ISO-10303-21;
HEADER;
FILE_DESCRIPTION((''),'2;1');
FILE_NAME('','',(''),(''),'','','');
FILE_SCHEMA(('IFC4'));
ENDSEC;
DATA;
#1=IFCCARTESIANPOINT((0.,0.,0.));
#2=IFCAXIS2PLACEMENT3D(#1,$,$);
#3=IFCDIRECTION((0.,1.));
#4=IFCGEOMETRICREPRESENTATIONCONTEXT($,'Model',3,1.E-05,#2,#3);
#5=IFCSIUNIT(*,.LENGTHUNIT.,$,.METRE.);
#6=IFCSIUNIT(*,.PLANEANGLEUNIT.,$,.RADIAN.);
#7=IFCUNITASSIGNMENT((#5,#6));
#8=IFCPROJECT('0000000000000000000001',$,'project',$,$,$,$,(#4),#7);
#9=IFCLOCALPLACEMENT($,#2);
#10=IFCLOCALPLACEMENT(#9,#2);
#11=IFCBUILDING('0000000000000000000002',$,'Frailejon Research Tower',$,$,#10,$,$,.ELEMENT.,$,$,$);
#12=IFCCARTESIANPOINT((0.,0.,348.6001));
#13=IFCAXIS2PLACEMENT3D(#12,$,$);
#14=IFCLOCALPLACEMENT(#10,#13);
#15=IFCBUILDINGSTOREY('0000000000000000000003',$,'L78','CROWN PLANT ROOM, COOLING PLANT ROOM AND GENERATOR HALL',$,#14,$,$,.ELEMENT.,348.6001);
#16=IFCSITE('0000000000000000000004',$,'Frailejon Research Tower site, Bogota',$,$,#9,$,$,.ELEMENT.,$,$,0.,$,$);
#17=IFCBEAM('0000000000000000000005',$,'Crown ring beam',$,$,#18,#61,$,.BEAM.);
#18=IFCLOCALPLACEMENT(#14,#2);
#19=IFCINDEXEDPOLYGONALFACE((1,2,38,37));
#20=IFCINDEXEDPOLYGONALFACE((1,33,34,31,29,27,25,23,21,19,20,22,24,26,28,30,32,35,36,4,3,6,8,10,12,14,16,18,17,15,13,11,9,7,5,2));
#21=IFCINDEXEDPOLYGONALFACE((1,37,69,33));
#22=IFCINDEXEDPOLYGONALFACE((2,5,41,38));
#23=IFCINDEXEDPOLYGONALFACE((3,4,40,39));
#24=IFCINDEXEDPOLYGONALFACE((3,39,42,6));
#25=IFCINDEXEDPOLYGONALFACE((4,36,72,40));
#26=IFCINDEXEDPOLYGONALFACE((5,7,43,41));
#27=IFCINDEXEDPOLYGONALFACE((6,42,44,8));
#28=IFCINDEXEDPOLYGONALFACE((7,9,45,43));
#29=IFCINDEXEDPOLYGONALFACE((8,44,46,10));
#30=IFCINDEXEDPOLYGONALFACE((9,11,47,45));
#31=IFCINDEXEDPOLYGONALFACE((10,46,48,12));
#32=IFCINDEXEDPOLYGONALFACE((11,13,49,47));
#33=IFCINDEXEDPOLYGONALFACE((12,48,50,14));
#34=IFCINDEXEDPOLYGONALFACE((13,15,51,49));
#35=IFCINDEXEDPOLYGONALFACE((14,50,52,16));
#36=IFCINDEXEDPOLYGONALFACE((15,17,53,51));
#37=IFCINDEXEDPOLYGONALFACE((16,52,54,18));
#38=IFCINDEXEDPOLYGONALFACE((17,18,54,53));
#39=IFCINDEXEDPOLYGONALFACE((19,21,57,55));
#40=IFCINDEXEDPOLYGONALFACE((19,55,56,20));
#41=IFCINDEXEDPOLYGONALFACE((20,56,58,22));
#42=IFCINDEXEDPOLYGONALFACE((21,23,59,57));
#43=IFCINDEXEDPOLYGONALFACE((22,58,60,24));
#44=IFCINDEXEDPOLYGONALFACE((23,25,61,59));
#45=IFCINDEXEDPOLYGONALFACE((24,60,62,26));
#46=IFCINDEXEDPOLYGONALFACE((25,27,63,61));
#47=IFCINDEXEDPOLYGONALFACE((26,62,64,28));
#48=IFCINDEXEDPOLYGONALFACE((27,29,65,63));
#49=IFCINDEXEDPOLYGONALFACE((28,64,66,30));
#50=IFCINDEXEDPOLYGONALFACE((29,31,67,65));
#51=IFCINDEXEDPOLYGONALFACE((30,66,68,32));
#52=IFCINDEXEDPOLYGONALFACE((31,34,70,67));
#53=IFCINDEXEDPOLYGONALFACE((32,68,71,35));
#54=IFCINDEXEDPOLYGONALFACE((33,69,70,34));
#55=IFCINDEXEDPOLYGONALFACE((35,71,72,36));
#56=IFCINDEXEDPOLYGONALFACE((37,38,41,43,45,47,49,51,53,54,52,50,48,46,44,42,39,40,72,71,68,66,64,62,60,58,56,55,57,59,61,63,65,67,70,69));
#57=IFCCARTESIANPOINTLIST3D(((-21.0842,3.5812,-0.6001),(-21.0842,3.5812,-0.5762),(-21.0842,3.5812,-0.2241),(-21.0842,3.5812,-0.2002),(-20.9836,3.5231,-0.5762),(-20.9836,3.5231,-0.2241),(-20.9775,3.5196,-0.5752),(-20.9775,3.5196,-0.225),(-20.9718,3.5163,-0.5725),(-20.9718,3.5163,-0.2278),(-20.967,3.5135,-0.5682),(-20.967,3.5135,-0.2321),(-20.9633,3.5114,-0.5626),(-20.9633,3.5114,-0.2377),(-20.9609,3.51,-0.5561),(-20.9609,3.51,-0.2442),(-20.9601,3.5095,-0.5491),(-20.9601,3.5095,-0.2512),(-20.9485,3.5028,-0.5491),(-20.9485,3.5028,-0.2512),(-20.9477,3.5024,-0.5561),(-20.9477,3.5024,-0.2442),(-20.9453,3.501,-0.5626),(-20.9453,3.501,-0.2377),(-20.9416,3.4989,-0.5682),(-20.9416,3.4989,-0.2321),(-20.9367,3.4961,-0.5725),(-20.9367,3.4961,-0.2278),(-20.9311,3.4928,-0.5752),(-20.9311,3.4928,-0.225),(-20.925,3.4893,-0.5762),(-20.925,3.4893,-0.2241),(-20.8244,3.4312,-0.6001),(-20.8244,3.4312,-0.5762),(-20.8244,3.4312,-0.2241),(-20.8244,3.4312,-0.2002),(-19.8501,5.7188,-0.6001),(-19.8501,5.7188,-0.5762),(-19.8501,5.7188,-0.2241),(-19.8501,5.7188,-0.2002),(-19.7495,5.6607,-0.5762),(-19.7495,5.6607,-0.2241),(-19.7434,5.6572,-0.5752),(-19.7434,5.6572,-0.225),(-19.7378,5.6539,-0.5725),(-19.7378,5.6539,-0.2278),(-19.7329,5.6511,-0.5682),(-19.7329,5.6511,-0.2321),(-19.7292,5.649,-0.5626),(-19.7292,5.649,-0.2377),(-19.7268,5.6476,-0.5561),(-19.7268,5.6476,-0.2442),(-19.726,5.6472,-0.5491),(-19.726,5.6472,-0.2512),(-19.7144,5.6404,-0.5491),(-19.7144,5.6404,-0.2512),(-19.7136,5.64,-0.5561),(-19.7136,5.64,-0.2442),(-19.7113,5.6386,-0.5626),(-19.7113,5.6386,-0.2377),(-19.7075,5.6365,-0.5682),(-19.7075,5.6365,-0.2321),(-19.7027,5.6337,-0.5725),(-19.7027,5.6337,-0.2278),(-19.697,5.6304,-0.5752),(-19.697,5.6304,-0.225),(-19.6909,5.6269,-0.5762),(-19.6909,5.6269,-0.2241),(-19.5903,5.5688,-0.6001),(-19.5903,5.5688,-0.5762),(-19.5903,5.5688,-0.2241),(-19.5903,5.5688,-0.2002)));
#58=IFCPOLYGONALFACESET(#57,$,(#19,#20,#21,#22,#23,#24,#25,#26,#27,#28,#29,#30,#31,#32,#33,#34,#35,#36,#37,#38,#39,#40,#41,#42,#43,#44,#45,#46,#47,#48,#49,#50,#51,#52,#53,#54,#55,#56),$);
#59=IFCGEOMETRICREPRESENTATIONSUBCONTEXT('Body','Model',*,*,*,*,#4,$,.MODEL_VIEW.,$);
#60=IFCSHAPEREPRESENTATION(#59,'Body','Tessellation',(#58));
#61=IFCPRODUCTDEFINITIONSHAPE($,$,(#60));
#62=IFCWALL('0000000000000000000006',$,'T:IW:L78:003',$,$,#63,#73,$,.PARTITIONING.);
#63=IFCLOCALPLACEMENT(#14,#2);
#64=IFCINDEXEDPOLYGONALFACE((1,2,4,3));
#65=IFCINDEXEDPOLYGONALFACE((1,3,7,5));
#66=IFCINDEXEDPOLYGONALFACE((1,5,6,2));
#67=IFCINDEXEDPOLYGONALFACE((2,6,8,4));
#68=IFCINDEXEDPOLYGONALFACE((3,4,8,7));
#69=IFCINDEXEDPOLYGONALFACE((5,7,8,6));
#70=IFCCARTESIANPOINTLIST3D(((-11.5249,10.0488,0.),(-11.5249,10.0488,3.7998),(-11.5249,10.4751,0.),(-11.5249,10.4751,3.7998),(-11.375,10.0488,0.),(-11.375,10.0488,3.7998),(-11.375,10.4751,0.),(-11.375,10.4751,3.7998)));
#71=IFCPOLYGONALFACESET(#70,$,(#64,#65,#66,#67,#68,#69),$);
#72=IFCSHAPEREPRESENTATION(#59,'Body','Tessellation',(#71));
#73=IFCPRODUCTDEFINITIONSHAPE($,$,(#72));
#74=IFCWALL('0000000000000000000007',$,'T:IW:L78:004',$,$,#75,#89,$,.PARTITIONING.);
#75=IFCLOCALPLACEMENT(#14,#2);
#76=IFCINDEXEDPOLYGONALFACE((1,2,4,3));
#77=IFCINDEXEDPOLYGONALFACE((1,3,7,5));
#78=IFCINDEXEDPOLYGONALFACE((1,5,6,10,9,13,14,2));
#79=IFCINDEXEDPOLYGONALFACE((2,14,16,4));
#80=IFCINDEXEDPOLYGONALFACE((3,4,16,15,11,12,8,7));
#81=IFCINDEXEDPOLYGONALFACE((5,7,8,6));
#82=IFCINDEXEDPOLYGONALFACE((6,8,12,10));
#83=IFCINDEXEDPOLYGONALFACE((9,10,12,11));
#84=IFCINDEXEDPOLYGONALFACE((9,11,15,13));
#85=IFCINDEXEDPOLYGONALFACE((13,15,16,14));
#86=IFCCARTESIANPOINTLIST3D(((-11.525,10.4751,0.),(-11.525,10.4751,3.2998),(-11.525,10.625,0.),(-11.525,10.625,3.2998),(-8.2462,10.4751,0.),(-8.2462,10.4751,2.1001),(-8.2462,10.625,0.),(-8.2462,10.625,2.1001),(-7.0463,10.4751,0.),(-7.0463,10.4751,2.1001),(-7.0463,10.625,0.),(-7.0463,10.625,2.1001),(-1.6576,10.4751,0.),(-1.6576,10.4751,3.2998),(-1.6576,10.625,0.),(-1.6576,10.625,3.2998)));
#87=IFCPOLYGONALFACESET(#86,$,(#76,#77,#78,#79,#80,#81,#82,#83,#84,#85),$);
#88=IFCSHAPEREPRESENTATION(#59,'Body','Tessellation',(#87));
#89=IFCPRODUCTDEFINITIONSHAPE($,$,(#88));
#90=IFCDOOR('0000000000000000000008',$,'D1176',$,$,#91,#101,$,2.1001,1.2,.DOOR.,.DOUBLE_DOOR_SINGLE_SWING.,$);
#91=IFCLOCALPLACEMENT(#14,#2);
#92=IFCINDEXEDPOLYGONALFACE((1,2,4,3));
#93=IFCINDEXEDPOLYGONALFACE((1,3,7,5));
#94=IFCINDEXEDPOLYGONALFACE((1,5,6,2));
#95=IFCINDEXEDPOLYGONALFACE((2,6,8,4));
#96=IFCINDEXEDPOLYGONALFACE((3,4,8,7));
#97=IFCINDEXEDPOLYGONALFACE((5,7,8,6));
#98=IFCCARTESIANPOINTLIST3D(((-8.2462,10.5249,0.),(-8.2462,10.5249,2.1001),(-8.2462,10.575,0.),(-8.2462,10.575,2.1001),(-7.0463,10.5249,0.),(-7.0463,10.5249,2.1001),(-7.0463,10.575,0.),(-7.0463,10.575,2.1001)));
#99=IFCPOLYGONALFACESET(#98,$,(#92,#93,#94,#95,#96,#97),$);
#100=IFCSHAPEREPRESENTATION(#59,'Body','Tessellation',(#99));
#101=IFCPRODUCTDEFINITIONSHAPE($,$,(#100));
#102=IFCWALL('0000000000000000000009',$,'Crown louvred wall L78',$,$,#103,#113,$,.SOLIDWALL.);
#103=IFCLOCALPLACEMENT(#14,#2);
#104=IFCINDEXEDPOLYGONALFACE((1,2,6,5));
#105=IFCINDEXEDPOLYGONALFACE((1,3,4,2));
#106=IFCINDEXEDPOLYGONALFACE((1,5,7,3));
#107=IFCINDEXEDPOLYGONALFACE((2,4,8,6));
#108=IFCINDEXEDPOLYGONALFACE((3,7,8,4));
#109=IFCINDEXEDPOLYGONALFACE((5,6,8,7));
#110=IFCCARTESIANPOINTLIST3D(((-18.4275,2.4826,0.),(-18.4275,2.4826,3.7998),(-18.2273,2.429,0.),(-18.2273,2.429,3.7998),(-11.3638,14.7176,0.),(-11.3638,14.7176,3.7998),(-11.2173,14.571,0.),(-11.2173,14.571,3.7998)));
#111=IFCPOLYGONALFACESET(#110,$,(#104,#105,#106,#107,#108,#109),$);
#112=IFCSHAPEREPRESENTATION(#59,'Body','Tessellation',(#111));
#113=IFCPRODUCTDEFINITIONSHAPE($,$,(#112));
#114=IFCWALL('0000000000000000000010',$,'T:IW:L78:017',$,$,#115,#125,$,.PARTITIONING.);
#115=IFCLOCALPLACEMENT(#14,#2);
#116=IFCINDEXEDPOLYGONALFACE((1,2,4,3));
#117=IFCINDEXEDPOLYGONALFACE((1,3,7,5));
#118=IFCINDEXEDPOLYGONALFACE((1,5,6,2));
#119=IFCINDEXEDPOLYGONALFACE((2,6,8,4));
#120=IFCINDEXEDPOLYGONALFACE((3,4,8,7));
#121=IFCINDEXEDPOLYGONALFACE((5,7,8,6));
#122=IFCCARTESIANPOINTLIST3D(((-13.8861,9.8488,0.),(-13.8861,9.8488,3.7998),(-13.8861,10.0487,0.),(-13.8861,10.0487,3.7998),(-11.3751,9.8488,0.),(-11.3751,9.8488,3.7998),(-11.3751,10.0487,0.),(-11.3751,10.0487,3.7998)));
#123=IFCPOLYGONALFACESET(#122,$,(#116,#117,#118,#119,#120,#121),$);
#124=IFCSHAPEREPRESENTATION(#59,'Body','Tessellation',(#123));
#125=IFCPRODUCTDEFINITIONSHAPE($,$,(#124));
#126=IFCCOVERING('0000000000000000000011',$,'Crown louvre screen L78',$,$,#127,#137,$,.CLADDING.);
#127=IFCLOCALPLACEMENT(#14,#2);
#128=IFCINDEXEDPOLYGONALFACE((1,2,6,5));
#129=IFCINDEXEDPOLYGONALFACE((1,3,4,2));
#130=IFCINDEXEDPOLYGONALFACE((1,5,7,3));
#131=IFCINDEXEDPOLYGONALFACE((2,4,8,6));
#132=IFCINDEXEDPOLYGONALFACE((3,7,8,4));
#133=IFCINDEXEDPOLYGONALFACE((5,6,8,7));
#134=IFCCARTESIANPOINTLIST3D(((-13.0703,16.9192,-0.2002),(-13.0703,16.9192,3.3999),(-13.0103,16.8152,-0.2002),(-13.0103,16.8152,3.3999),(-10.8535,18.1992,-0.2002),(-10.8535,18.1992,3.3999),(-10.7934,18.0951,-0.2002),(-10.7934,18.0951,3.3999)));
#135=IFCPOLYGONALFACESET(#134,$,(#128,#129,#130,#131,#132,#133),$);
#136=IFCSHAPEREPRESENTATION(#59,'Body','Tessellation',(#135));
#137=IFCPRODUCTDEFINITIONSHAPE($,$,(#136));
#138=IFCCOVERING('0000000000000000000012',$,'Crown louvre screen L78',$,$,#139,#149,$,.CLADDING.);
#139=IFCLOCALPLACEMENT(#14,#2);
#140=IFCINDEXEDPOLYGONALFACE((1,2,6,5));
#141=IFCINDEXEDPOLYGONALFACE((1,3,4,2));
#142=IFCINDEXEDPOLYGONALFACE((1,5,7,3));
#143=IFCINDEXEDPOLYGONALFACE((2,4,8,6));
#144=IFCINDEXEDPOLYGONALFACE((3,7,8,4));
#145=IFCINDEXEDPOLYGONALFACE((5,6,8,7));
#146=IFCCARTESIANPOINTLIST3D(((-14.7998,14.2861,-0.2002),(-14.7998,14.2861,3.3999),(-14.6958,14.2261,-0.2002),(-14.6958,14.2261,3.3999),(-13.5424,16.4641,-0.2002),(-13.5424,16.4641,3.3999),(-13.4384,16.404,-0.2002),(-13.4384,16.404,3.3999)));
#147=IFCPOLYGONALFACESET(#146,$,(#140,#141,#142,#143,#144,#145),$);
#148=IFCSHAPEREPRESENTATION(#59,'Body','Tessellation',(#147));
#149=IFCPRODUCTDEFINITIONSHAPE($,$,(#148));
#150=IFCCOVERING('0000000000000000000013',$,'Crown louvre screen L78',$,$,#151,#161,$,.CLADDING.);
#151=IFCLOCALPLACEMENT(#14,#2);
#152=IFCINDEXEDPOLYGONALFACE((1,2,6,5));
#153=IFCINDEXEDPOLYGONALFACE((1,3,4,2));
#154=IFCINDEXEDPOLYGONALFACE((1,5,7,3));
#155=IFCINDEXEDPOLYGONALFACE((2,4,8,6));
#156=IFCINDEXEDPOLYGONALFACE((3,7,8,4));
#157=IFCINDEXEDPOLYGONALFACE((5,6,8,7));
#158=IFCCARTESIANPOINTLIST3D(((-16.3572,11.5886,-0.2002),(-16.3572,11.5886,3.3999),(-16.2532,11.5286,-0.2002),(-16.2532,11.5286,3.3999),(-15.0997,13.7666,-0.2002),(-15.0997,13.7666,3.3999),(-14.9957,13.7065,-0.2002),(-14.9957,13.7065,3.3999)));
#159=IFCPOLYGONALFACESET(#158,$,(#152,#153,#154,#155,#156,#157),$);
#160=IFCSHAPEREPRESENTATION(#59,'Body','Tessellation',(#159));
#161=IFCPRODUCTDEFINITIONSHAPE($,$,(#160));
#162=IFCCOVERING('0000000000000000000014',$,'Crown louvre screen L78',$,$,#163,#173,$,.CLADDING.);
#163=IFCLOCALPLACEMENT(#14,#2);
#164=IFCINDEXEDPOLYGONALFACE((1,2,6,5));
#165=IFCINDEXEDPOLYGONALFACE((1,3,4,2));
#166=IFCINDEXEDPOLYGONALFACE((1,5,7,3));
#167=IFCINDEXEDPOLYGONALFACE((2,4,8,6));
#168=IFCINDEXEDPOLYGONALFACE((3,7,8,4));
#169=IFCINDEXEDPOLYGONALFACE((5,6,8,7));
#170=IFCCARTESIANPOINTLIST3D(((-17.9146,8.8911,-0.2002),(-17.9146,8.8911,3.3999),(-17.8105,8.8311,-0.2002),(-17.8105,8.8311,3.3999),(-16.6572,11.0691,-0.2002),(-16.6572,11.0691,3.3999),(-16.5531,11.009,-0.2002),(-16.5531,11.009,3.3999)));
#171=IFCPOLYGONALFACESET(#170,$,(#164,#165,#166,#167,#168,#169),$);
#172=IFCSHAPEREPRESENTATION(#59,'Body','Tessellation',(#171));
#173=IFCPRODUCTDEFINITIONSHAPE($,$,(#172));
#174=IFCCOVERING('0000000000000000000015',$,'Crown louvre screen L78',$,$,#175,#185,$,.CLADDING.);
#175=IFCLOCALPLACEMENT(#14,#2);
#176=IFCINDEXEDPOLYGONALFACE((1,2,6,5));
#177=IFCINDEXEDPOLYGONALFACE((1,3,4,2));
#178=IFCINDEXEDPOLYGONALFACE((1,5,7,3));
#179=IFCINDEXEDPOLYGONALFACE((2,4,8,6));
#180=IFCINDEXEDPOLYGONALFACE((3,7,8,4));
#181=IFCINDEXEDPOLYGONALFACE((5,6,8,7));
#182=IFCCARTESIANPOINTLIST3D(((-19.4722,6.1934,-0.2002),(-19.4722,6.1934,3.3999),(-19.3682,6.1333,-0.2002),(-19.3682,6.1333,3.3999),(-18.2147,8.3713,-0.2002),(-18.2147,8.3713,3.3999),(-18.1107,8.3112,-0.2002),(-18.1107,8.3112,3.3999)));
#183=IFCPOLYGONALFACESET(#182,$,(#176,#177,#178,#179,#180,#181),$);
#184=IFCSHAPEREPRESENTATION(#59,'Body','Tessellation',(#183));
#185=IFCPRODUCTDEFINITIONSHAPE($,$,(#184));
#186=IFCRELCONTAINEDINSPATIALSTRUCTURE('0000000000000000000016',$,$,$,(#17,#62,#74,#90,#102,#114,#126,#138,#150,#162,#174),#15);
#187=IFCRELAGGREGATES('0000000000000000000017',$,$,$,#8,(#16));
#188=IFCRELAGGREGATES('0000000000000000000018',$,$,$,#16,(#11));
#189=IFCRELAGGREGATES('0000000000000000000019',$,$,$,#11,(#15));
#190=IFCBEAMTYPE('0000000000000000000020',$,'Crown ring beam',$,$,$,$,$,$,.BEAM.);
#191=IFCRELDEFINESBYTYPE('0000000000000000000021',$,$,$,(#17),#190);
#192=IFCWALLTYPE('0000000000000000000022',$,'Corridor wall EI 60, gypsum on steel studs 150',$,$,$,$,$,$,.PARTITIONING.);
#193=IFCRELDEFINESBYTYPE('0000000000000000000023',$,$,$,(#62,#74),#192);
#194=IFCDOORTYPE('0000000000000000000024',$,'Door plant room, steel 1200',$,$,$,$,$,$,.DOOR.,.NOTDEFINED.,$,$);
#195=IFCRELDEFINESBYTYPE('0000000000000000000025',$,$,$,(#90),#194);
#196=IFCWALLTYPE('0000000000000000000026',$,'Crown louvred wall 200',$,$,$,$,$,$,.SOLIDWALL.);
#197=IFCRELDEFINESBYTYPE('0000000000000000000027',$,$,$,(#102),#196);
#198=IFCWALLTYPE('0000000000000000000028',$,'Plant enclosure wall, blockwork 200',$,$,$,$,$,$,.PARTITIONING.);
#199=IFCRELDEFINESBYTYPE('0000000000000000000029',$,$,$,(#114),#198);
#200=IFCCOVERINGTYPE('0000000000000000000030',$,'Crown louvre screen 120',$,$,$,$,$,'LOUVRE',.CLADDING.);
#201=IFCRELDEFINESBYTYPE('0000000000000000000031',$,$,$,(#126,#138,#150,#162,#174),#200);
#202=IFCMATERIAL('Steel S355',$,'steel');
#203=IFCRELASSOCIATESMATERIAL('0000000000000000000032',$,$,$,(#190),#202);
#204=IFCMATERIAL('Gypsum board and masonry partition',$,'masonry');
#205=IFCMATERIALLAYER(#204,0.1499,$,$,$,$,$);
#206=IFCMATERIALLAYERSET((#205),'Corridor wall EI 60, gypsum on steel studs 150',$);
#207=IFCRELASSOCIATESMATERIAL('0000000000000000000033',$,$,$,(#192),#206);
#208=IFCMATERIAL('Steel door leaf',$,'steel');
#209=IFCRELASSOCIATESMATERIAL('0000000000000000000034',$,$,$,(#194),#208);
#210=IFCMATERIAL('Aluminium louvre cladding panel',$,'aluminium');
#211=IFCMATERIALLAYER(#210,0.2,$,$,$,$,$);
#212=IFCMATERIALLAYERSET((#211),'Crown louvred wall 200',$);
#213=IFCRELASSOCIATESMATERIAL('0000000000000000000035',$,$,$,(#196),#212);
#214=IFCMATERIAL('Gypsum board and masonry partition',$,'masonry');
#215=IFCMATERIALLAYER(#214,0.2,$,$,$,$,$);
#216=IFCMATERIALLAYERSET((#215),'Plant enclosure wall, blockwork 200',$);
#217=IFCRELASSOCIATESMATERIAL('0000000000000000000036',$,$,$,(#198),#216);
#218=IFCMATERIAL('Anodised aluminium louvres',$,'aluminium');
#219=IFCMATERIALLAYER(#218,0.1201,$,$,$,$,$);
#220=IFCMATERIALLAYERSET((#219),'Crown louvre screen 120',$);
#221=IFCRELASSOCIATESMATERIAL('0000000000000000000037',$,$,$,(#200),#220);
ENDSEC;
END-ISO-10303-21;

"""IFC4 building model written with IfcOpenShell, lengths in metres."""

from ifc_helpers import new_model, si_unit, direction, frame, frame_2d, origin, origin_2d, place, context, subcontext, project, spatial, polyline, rectangle, i_section, outline, extrude, material, layer, layer_set, material_profile, profile_set, type_object, element, fill, save


model = new_model("IFC4")

# Units and contexts
model_context = context("Model", 3, precision=1e-05, world=origin(), true_north=direction((0.0, 1.0)))
body_context = subcontext(model_context, "Body", "Model", "MODEL_VIEW")
ifc_project = project(units=[si_unit("LENGTHUNIT", "METRE"), si_unit("PLANEANGLEUNIT", "RADIAN")], contexts=[model_context])

# Site, building, storey
site_placement = place(None, origin())
site = spatial("IfcSite", under=ifc_project, at=site_placement, Name="Frailejon Research Tower site, Bogota", CompositionType="ELEMENT", RefElevation=0.0)
building_placement = place(site_placement, origin())
building = spatial("IfcBuilding", under=site, at=building_placement, Name="Frailejon Research Tower", CompositionType="ELEMENT")
storey_placement = place(building_placement, frame((0.0, 0.0, 348.6001)))
storey = spatial("IfcBuildingStorey", under=building, at=storey_placement, Name="L78", Description="CROWN PLANT ROOM, COOLING PLANT ROOM AND GENERATOR HALL", CompositionType="ELEMENT", Elevation=348.6001)

# Beam
ifc_material_1 = material(Name="Steel S355", Category="steel")
ifc_material_profile_1 = material_profile(ifc_material_1, i_section(OverallWidth=0.3, OverallDepth=0.3999, WebThickness=0.0134, FlangeThickness=0.0239, FilletRadius=0.0271, at=origin_2d()), Name="HE 400 B")
ifc_profile_set_1 = profile_set([ifc_material_profile_1], Name="Steel S355")
beam_type_1 = type_object("IfcBeamType", Name="Crown ring beam", PredefinedType="BEAM", material=ifc_profile_set_1)
beam_1_placement = place(storey_placement, frame((-19.7202, 5.6438, -0.4001), z_axis=(-0.499979, -0.866037, 0.0), x_axis=(0.866037, -0.499979, 0.0)))
element("IfcBeam", 1, at=beam_1_placement, inside=storey, type_object=beam_type_1, Name="Crown ring beam", PredefinedType="BEAM", context=body_context, shape_type="SweptSolid", body=[
    extrude(i_section(OverallWidth=0.3, OverallDepth=0.3999, WebThickness=0.0134, FlangeThickness=0.0239, FilletRadius=0.0271, at=origin_2d()), origin(), (0.0, 0.0, 1.0), 2.4683),
])

# Wall
ifc_material_2 = material(Name="Gypsum board and masonry partition", Category="masonry")
ifc_layer_1 = layer(ifc_material_2, 0.1499)
ifc_layer_set_1 = layer_set([ifc_layer_1], Name="Corridor wall EI 60, gypsum on steel studs 150")
wall_type_1 = type_object("IfcWallType", Name="Corridor wall EI 60, gypsum on steel studs 150", PredefinedType="PARTITIONING", material=ifc_layer_set_1)
wall_1_placement = place(storey_placement, frame((-11.45, 10.0488, 0.0), z_axis=(0.0, 0.0, 1.0), x_axis=(0.0, 1.0, 0.0)))
element("IfcWall", 2, at=wall_1_placement, inside=storey, type_object=wall_type_1, Name="T:IW:L78:003", PredefinedType="PARTITIONING", context=body_context, shape_type="SweptSolid", body=[
    extrude(rectangle(XDim=0.4263, YDim=0.1499, at=frame_2d((0.2131, 0.0))), origin(), (0.0, 0.0, 1.0), 3.7998),
])

# Wall, opening, door
wall_2_placement = place(storey_placement, frame((-11.5249, 10.55, 0.0), z_axis=(0.0, 0.0, 1.0), x_axis=(1.0, 0.0, 0.0)))
wall_2 = element("IfcWall", 3, at=wall_2_placement, inside=storey, type_object=wall_type_1, Name="T:IW:L78:004", PredefinedType="PARTITIONING", context=body_context, shape_type="SweptSolid", body=[
    extrude(rectangle(XDim=9.8674, YDim=0.1499, at=frame_2d((4.9336, 0.0))), origin(), (0.0, 0.0, 1.0), 3.2998),
])
opening_placement = place(wall_2_placement, frame((3.2786, 0.0, 0.0)))
opening = element("IfcOpeningElement", 4, at=opening_placement, cuts=wall_2, PredefinedType="OPENING", context=body_context, shape_type="SweptSolid", body=[
    extrude(rectangle(XDim=1.2, YDim=2.1001, at=frame_2d((0.6001, 1.05))), frame((0.0, 0.085, 0.0), z_axis=(0.0, -1.0, 0.0), x_axis=(1.0, 0.0, 0.0)), (0.0, 0.0, 1.0), 0.1699),
])
ifc_material_3 = material(Name="Steel door leaf", Category="steel")
door_type = type_object("IfcDoorType", Name="Door plant room, steel 1200", OperationType="NOTDEFINED", PredefinedType="DOOR", material=ifc_material_3)
door_placement = place(opening_placement, origin())
door = element("IfcDoor", 5, at=door_placement, inside=storey, type_object=door_type, Name="D1176", OperationType="DOUBLE_DOOR_SINGLE_SWING", OverallHeight=2.1001, OverallWidth=1.2, PredefinedType="DOOR", context=body_context, shape_type="SweptSolid", body=[
    extrude(rectangle(XDim=1.2, YDim=2.1001, at=frame_2d((0.6001, 1.05))), frame((0.0, 0.0249, 0.0), z_axis=(0.0, -1.0, 0.0), x_axis=(1.0, 0.0, 0.0)), (0.0, 0.0, 1.0), 0.05),
])
fill(opening, door)

# Walls
ifc_material_4 = material(Name="Aluminium louvre cladding panel", Category="aluminium")
ifc_layer_2 = layer(ifc_material_4, 0.2)
ifc_layer_set_2 = layer_set([ifc_layer_2], Name="Crown louvred wall 200")
wall_type_2 = type_object("IfcWallType", Name="Crown louvred wall 200", PredefinedType="SOLIDWALL", material=ifc_layer_set_2)
wall_3_placement = place(storey_placement, frame((-11.2905, 14.6443, 0.0), z_axis=(0.0, 0.0, 1.0), x_axis=(-0.499992, -0.86603, 0.0)))
element("IfcWall", 6, at=wall_3_placement, inside=storey, type_object=wall_type_2, Name="Crown louvred wall L78", PredefinedType="SOLIDWALL", context=body_context, shape_type="SweptSolid", body=[
    extrude(outline(polyline([(-0.0269, -0.1001), (14.1008, -0.1001), (14.0471, 0.1001), (0.0269, 0.1001), (-0.0269, -0.1001)])), origin(), (0.0, 0.0, 1.0), 3.7998),
])
ifc_material_5 = material(Name="Gypsum board and masonry partition", Category="masonry")
ifc_layer_3 = layer(ifc_material_5, 0.2)
ifc_layer_set_3 = layer_set([ifc_layer_3], Name="Plant enclosure wall, blockwork 200")
wall_type_3 = type_object("IfcWallType", Name="Plant enclosure wall, blockwork 200", PredefinedType="PARTITIONING", material=ifc_layer_set_3)
wall_4_placement = place(storey_placement, frame((-13.886, 9.9487, 0.0), z_axis=(0.0, 0.0, 1.0), x_axis=(1.0, 0.0, 0.0)))
element("IfcWall", 7, at=wall_4_placement, inside=storey, type_object=wall_type_3, Name="T:IW:L78:017", PredefinedType="PARTITIONING", context=body_context, shape_type="SweptSolid", body=[
    extrude(rectangle(XDim=2.511, YDim=0.2, at=frame_2d((1.2554, 0.0))), origin(), (0.0, 0.0, 1.0), 3.7998),
])

# Coverings
ifc_material_6 = material(Name="Anodised aluminium louvres", Category="aluminium")
ifc_layer_4 = layer(ifc_material_6, 0.1201)
ifc_layer_set_4 = layer_set([ifc_layer_4], Name="Crown louvre screen 120")
covering_type = type_object("IfcCoveringType", Name="Crown louvre screen 120", ElementType="LOUVRE", PredefinedType="CLADDING", material=ifc_layer_set_4)
covering_1_placement = place(storey_placement, frame((-13.0403, 16.8672, -0.2002), z_axis=(0.866011, 0.500026, 0.0), x_axis=(-0.500026, 0.866011, 0.0)))
element("IfcCovering", 8, at=covering_1_placement, inside=storey, type_object=covering_type, Name="Crown louvre screen L78", PredefinedType="CLADDING", context=body_context, shape_type="SweptSolid", body=[
    extrude(outline(polyline([(-0.0601, 0.0), (0.0601, 0.0), (0.0601, 3.6001), (-0.0601, 3.6001), (-0.0601, 0.0)])), origin(), (0.0, 0.0, 1.0), 2.5598),
])
for number, where, z_axis, x_axis, name in (
    (9, (-14.7478, 14.2561, -0.2002), (0.499997, 0.866027, 0.0), (-0.866027, 0.499997, 0.0), "Crown louvre screen L78"),
    (10, (-16.3052, 11.5586, -0.2002), (0.500009, 0.86602, 0.0), (-0.86602, 0.500009, 0.0), "Crown louvre screen L78"),
    (11, (-17.8625, 8.8611, -0.2002), (0.499979, 0.866037, 0.0), (-0.866037, 0.499979, 0.0), "Crown louvre screen L78"),
    (12, (-19.4202, 6.1633, -0.2002), (0.500009, 0.86602, 0.0), (-0.86602, 0.500009, 0.0), "Crown louvre screen L78"),
):
    element("IfcCovering", number, at=place(storey_placement, frame(where, z_axis=z_axis, x_axis=x_axis)), inside=storey, type_object=covering_type, Name=name, PredefinedType="CLADDING", context=body_context, shape_type="SweptSolid", body=[
        extrude(outline(polyline([(-0.0601, 0.0), (0.0601, 0.0), (0.0601, 3.6001), (-0.0601, 3.6001), (-0.0601, 0.0)])), origin(), (0.0, 0.0, 1.0), 2.5149),
    ])

save(model, "model.ifc")
